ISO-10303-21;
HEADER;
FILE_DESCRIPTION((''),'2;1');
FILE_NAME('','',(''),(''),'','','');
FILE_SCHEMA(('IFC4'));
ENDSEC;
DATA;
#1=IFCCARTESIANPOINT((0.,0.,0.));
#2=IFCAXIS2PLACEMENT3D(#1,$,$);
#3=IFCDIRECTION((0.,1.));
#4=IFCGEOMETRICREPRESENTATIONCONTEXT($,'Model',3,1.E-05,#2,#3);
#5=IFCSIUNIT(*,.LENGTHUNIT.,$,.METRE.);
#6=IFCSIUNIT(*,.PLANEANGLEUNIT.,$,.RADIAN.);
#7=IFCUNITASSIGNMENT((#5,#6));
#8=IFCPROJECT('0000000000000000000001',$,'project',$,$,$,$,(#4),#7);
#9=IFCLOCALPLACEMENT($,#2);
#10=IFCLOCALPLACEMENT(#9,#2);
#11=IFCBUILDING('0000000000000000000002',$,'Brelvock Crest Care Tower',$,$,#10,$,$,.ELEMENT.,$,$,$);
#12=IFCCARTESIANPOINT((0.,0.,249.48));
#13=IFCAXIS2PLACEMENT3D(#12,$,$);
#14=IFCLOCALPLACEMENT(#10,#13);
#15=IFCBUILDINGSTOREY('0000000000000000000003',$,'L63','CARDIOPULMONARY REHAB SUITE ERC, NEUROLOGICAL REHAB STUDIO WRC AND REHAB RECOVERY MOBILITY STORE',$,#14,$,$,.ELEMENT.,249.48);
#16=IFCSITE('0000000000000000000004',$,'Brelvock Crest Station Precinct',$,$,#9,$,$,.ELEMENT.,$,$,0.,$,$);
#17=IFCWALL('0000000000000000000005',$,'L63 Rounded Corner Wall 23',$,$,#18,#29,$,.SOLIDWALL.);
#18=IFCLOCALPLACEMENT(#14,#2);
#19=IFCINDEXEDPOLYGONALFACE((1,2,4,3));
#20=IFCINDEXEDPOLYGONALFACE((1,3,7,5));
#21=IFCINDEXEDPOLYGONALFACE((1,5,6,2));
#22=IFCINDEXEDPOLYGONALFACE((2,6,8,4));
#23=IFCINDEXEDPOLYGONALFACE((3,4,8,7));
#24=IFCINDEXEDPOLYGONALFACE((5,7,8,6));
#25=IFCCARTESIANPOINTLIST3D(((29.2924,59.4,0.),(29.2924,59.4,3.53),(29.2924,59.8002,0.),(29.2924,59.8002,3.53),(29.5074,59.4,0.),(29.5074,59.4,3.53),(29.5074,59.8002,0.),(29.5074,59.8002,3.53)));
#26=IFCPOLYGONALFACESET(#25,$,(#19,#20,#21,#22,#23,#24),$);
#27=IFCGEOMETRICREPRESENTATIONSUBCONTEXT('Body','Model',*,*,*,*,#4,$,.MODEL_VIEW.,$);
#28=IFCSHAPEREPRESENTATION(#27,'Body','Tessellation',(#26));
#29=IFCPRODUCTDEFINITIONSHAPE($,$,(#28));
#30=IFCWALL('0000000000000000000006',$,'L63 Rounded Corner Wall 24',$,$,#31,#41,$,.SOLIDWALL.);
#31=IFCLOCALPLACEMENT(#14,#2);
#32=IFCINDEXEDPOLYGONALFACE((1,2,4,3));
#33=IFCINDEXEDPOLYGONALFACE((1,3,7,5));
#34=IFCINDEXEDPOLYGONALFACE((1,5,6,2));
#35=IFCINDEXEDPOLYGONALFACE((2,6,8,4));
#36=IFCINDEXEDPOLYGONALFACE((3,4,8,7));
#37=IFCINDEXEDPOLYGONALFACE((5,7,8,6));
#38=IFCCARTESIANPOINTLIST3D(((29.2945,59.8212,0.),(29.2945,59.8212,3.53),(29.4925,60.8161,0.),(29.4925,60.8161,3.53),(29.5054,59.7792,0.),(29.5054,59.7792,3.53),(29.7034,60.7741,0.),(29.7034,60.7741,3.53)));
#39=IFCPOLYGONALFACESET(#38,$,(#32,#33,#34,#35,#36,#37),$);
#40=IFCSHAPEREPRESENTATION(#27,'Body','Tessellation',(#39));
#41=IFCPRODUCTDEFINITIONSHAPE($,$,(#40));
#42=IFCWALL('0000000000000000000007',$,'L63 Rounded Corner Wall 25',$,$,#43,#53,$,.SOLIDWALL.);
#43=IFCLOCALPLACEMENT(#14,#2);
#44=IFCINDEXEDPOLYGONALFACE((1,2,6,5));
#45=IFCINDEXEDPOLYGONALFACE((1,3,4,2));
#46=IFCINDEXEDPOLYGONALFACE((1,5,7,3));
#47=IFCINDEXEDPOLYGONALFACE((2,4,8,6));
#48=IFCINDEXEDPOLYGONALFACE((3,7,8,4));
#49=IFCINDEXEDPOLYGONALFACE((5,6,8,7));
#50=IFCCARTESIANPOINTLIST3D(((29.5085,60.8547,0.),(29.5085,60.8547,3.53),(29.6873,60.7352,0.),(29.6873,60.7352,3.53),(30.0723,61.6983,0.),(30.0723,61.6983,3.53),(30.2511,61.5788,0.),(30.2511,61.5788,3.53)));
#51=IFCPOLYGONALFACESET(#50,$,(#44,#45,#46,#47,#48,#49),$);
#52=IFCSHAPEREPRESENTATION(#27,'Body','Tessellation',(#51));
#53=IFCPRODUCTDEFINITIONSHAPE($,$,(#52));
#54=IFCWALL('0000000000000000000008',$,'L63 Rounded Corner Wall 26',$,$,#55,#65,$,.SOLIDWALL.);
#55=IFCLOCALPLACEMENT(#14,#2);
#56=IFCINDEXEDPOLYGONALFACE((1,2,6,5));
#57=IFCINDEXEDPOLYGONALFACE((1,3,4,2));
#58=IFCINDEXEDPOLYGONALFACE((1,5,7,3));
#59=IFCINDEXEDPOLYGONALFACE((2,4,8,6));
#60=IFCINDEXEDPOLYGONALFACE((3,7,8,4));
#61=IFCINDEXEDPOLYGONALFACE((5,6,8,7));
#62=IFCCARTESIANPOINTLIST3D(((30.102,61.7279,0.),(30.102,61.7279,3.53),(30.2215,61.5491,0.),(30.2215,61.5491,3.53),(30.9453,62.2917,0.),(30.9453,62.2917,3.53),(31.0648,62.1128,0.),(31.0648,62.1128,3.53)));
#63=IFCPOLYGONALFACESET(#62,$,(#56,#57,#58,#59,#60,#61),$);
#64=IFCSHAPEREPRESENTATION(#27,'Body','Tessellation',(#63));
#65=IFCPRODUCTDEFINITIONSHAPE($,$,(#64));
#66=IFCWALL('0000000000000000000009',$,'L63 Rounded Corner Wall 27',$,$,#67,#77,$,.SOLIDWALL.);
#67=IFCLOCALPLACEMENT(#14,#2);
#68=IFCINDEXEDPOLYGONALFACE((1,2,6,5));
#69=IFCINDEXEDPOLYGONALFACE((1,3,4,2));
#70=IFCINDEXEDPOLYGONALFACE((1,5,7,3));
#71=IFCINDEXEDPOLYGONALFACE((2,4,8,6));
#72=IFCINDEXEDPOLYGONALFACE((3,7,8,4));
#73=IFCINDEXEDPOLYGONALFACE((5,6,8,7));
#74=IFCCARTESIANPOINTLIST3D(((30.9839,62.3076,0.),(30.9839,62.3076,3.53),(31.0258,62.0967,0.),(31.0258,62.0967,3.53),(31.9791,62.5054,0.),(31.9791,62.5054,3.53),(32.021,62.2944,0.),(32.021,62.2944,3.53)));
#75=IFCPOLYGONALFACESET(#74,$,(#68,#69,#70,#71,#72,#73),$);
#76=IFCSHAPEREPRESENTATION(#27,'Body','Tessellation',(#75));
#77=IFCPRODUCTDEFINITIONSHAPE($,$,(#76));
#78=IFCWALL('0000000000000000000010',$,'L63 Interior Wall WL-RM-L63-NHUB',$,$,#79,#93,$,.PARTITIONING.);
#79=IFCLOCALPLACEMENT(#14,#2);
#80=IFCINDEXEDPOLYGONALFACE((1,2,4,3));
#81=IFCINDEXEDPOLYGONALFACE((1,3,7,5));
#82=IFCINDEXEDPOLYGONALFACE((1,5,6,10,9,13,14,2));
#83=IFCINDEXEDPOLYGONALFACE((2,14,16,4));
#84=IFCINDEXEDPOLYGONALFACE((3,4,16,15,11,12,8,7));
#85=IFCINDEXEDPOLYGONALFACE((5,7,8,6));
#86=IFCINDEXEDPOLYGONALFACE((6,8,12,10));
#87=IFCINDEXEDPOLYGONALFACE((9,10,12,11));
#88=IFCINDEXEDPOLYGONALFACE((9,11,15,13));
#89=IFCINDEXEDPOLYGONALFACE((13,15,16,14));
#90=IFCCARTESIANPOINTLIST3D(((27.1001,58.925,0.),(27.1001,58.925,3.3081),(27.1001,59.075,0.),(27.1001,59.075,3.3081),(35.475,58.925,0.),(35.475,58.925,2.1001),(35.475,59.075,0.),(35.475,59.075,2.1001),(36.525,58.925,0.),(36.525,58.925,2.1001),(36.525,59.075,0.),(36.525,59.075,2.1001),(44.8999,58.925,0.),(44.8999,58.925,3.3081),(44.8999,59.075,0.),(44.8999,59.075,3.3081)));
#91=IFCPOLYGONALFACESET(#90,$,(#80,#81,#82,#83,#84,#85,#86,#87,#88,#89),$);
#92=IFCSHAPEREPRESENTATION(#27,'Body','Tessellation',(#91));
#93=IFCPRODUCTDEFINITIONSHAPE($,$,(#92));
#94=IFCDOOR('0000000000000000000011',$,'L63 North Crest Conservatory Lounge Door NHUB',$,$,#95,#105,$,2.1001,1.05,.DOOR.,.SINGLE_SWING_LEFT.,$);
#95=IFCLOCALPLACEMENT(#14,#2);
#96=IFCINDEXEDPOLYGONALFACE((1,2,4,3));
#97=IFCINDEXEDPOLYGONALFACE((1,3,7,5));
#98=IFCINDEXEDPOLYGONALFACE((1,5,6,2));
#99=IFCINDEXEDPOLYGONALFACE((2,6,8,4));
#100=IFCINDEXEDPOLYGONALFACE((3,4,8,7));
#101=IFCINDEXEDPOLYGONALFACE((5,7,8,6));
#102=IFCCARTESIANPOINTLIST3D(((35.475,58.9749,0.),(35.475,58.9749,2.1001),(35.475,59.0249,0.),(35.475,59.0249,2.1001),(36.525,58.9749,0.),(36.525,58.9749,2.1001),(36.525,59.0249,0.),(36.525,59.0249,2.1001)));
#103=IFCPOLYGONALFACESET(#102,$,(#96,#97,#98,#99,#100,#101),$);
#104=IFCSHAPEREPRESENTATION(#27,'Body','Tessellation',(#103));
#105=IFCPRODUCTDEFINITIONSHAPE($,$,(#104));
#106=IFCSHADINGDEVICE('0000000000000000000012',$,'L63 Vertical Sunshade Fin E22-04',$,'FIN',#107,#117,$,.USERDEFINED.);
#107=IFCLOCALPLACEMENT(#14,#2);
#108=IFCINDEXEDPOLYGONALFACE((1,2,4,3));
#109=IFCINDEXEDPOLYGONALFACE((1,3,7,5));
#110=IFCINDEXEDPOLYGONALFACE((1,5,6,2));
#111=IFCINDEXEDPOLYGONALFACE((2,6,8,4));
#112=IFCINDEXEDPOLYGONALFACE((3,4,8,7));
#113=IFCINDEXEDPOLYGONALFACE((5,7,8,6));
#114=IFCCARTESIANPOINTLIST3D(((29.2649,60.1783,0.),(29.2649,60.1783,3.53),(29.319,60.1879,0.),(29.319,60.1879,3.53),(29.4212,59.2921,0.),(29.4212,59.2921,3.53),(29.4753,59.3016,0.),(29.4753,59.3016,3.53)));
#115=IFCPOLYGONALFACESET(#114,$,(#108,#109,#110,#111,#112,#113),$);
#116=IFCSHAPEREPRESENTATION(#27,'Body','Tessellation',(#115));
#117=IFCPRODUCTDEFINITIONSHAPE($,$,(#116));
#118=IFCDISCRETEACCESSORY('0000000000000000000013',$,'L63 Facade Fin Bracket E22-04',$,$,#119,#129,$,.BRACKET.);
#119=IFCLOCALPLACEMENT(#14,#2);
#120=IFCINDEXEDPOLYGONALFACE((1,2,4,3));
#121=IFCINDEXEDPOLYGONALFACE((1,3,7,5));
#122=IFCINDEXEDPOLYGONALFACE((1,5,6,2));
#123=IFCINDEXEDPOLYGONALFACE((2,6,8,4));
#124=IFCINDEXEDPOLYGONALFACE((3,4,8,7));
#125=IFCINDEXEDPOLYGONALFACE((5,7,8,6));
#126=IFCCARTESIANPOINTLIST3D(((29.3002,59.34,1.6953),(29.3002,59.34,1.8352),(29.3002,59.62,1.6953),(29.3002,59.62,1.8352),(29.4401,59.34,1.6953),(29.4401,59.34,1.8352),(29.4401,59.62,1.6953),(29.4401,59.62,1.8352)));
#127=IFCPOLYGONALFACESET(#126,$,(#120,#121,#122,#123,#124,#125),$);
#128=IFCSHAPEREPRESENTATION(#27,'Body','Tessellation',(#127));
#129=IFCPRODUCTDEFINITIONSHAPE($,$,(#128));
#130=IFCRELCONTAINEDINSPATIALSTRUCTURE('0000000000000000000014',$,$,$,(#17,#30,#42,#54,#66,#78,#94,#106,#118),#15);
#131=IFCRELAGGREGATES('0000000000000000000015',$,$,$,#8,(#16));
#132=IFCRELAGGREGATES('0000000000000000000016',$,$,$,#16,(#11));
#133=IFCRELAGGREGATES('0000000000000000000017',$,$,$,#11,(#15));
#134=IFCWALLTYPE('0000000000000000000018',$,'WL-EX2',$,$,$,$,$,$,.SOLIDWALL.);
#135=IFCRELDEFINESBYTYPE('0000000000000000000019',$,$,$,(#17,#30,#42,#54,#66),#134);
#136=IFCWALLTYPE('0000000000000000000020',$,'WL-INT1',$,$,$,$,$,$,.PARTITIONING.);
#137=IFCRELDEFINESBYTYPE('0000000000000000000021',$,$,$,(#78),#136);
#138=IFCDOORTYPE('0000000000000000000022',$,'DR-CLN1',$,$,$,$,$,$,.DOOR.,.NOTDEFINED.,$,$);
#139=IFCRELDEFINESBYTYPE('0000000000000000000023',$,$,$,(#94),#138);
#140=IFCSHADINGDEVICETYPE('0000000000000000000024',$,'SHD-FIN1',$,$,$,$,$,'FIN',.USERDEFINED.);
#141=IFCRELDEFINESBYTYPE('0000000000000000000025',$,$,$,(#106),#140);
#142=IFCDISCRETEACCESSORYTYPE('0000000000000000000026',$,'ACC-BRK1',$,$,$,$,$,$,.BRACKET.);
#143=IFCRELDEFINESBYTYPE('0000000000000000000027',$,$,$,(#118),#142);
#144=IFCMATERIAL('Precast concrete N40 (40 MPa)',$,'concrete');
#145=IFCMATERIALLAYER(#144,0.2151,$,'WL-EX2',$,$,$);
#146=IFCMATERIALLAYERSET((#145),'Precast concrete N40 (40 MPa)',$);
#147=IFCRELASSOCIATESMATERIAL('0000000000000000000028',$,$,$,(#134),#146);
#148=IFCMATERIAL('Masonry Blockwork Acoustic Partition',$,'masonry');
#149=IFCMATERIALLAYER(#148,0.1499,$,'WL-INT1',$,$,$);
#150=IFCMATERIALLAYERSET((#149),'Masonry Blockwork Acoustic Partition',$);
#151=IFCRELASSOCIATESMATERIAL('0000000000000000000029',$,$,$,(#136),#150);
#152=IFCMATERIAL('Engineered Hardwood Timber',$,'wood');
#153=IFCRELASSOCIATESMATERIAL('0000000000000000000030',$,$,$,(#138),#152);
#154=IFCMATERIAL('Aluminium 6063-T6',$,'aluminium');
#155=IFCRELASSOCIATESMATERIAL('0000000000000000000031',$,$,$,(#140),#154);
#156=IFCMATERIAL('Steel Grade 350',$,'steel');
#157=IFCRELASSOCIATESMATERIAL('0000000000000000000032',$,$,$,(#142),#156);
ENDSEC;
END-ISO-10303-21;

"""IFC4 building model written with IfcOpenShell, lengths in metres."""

from ifc_helpers import new_model, si_unit, direction, frame, frame_2d, origin, origin_2d, place, context, subcontext, project, spatial, rectangle, extrude, source, transform, mapped, material, layer, layer_set, material_profile, profile_set, type_object, element, fill, save


model = new_model("IFC4")

# Units and contexts
model_context = context("Model", 3, precision=1e-05, world=origin(), true_north=direction((0.0, 1.0)))
body_context = subcontext(model_context, "Body", "Model", "MODEL_VIEW")
ifc_project = project(units=[si_unit("LENGTHUNIT", "METRE"), si_unit("PLANEANGLEUNIT", "RADIAN")], contexts=[model_context])

# Site, building, storey
site_placement = place(None, origin())
site = spatial("IfcSite", under=ifc_project, at=site_placement, Name="Brelvock Crest Station Precinct", CompositionType="ELEMENT", RefElevation=0.0)
building_placement = place(site_placement, origin())
building = spatial("IfcBuilding", under=site, at=building_placement, Name="Brelvock Crest Care Tower", CompositionType="ELEMENT")
storey_placement = place(building_placement, frame((0.0, 0.0, 249.48)))
storey = spatial("IfcBuildingStorey", under=building, at=storey_placement, Name="L63", Description="CARDIOPULMONARY REHAB SUITE ERC, NEUROLOGICAL REHAB STUDIO WRC AND REHAB RECOVERY MOBILITY STORE", CompositionType="ELEMENT", Elevation=249.48)

# Shared definitions
ifc_material_1 = material(Name="Steel Grade 350", Category="steel")

# Shared definitions
ifc_material_2 = material(Name="Aluminium 6063-T6", Category="aluminium")

# Walls
ifc_material_3 = material(Name="Precast concrete N40 (40 MPa)", Category="concrete")
ifc_layer_1 = layer(ifc_material_3, 0.2151, Name="WL-EX2")
ifc_layer_set_1 = layer_set([ifc_layer_1], Name="Precast concrete N40 (40 MPa)")
wall_type_1 = type_object("IfcWallType", Name="WL-EX2", PredefinedType="SOLIDWALL", material=ifc_layer_set_1)
wall_1_placement = place(storey_placement, frame((29.3999, 59.3999, 0.0), z_axis=(0.0, 0.0, 1.0), x_axis=(0.0, 1.0, 0.0)))
element("IfcWall", 1, at=wall_1_placement, inside=storey, type_object=wall_type_1, Name="L63 Rounded Corner Wall 23", PredefinedType="SOLIDWALL", context=body_context, shape_type="SweptSolid", body=[
    extrude(rectangle(XDim=0.4001, YDim=0.2151, at=frame_2d((0.2002, 0.0))), origin(), (0.0, 0.0, 1.0), 3.53),
])
wall_2_placement = place(storey_placement, frame((29.3999, 59.8, 0.0), z_axis=(0.0, 0.0, 1.0), x_axis=(0.19519, 0.980765, 0.0)))
element("IfcWall", 2, at=wall_2_placement, inside=storey, type_object=wall_type_1, Name="L63 Rounded Corner Wall 24", PredefinedType="SOLIDWALL", context=body_context, shape_type="SweptSolid", body=[
    extrude(rectangle(XDim=1.0144, YDim=0.2151, at=frame_2d((0.5073, 0.0))), origin(), (0.0, 0.0, 1.0), 3.53),
])
wall_3_placement = place(storey_placement, frame((29.5979, 60.7949, 0.0), z_axis=(0.0, 0.0, 1.0), x_axis=(0.555644, 0.83142, 0.0)))
element("IfcWall", 3, at=wall_3_placement, inside=storey, type_object=wall_type_1, Name="L63 Rounded Corner Wall 25", PredefinedType="SOLIDWALL", context=body_context, shape_type="SweptSolid", body=[
    extrude(rectangle(XDim=1.0146, YDim=0.2151, at=frame_2d((0.5073, 0.0))), origin(), (0.0, 0.0, 1.0), 3.53),
])
wall_4_placement = place(storey_placement, frame((30.1616, 61.6384, 0.0), z_axis=(0.0, 0.0, 1.0), x_axis=(0.831346, 0.555755, 0.0)))
element("IfcWall", 4, at=wall_4_placement, inside=storey, type_object=wall_type_1, Name="L63 Rounded Corner Wall 26", PredefinedType="SOLIDWALL", context=body_context, shape_type="SweptSolid", body=[
    extrude(rectangle(XDim=1.0144, YDim=0.2151, at=frame_2d((0.5073, 0.0))), origin(), (0.0, 0.0, 1.0), 3.53),
])
wall_5_placement = place(storey_placement, frame((31.0049, 62.2021, 0.0), z_axis=(0.0, 0.0, 1.0), x_axis=(0.980821, 0.194913, 0.0)))
element("IfcWall", 5, at=wall_5_placement, inside=storey, type_object=wall_type_1, Name="L63 Rounded Corner Wall 27", PredefinedType="SOLIDWALL", context=body_context, shape_type="SweptSolid", body=[
    extrude(rectangle(XDim=1.0146, YDim=0.2151, at=frame_2d((0.5073, 0.0))), origin(), (0.0, 0.0, 1.0), 3.53),
])

# Wall, opening, door
ifc_material_4 = material(Name="Masonry Blockwork Acoustic Partition", Category="masonry")
ifc_layer_2 = layer(ifc_material_4, 0.1499, Name="WL-INT1")
ifc_layer_set_2 = layer_set([ifc_layer_2], Name="Masonry Blockwork Acoustic Partition")
wall_type_2 = type_object("IfcWallType", Name="WL-INT1", PredefinedType="PARTITIONING", material=ifc_layer_set_2)
wall_6_placement = place(storey_placement, frame((27.1001, 59.0, 0.0), z_axis=(0.0, 0.0, 1.0), x_axis=(1.0, 0.0, 0.0)))
wall_6 = element("IfcWall", 6, at=wall_6_placement, inside=storey, type_object=wall_type_2, Name="L63 Interior Wall WL-RM-L63-NHUB", PredefinedType="PARTITIONING", context=body_context, shape_type="SweptSolid", body=[
    extrude(rectangle(XDim=17.7998, YDim=0.1499, at=frame_2d((8.8999, 0.0))), origin(), (0.0, 0.0, 1.0), 3.3081),
])
opening_placement = place(wall_6_placement, frame((8.375, 0.0, 0.0)))
opening = element("IfcOpeningElement", 7, at=opening_placement, cuts=wall_6, PredefinedType="OPENING", context=body_context, shape_type="SweptSolid", body=[
    extrude(rectangle(XDim=1.05, YDim=2.1001, at=origin_2d()), frame((0.5249, 0.085, 1.05), z_axis=(0.0, -1.0, 0.0), x_axis=(1.0, 0.0, 0.0)), (0.0, 0.0, 1.0), 0.1699),
])
ifc_material_5 = material(Name="Engineered Hardwood Timber", Category="wood")
door_type = type_object("IfcDoorType", Name="DR-CLN1", OperationType="NOTDEFINED", PredefinedType="DOOR", material=ifc_material_5)
shared_shape_1 = source(origin(), body_context, "Body", "SweptSolid", [
    extrude(rectangle(XDim=1.05, YDim=2.1001, at=origin_2d()), frame((0.5249, 0.0249, 1.05), z_axis=(0.0, -1.0, 0.0), x_axis=(1.0, 0.0, 0.0)), (0.0, 0.0, 1.0), 0.05),
])
door_placement = place(opening_placement, origin())
door = element("IfcDoor", 8, at=door_placement, inside=storey, type_object=door_type, Name="L63 North Crest Conservatory Lounge Door NHUB", OperationType="SINGLE_SWING_LEFT", OverallHeight=2.1001, OverallWidth=1.05, PredefinedType="DOOR", context=body_context, shape_type="MappedRepresentation", body=[
    mapped(shared_shape_1, transform((0.0, 0.0, 0.0), x_axis=(1.0, 0.0, 0.0), y_axis=(0.0, 1.0, 0.0), z_axis=(0.0, 0.0, 1.0), scale=1.0)),
])
fill(opening, door)

# Shading device
ifc_material_profile_1 = material_profile(ifc_material_2, rectangle(XDim=0.0549, YDim=0.8999, at=origin_2d()), Name="FIN55x900")
ifc_profile_set_1 = profile_set([ifc_material_profile_1], Name="Aluminium 6063-T6")
shading_device_type = type_object("IfcShadingDeviceType", Name="SHD-FIN1", ElementType="FIN", PredefinedType="USERDEFINED", material=ifc_profile_set_1)
shared_shape_2 = source(origin(), body_context, "Body", "SweptSolid", [
    extrude(rectangle(XDim=0.0549, YDim=0.8999, at=origin_2d()), origin(), (0.0, 0.0, 1.0), 3.53),
])
shading_device_placement = place(storey_placement, frame((29.3701, 59.74, 0.0), z_axis=(0.0, 0.0, 1.0), x_axis=(0.984808, 0.173648, 0.0)))
element("IfcShadingDevice", 9, at=shading_device_placement, inside=storey, type_object=shading_device_type, Name="L63 Vertical Sunshade Fin E22-04", ObjectType="FIN", PredefinedType="USERDEFINED", context=body_context, shape_type="MappedRepresentation", body=[
    mapped(shared_shape_2, transform((0.0, 0.0, 0.0), x_axis=(1.0, 0.0, 0.0), y_axis=(0.0, 1.0, 0.0), z_axis=(0.0, 0.0, 1.0), scale=1.0)),
])

# Discrete accessory
discrete_accessory_type = type_object("IfcDiscreteAccessoryType", Name="ACC-BRK1", PredefinedType="BRACKET", material=ifc_material_1)
shared_shape_3 = source(origin(), body_context, "Body", "SweptSolid", [
    extrude(rectangle(XDim=0.28, YDim=0.1399, at=origin_2d()), origin(), (0.0, 0.0, 1.0), 0.1399),
])
discrete_accessory_placement = place(storey_placement, frame((29.3701, 59.48, 1.6953), z_axis=(0.0, 0.0, 1.0), x_axis=(0.0, 1.0, 0.0)))
element("IfcDiscreteAccessory", 10, at=discrete_accessory_placement, inside=storey, type_object=discrete_accessory_type, Name="L63 Facade Fin Bracket E22-04", PredefinedType="BRACKET", context=body_context, shape_type="MappedRepresentation", body=[
    mapped(shared_shape_3, transform((0.0, 0.0, 0.0), x_axis=(1.0, 0.0, 0.0), y_axis=(0.0, 1.0, 0.0), z_axis=(0.0, 0.0, 1.0), scale=1.0)),
])

save(model, "model.ifc")
